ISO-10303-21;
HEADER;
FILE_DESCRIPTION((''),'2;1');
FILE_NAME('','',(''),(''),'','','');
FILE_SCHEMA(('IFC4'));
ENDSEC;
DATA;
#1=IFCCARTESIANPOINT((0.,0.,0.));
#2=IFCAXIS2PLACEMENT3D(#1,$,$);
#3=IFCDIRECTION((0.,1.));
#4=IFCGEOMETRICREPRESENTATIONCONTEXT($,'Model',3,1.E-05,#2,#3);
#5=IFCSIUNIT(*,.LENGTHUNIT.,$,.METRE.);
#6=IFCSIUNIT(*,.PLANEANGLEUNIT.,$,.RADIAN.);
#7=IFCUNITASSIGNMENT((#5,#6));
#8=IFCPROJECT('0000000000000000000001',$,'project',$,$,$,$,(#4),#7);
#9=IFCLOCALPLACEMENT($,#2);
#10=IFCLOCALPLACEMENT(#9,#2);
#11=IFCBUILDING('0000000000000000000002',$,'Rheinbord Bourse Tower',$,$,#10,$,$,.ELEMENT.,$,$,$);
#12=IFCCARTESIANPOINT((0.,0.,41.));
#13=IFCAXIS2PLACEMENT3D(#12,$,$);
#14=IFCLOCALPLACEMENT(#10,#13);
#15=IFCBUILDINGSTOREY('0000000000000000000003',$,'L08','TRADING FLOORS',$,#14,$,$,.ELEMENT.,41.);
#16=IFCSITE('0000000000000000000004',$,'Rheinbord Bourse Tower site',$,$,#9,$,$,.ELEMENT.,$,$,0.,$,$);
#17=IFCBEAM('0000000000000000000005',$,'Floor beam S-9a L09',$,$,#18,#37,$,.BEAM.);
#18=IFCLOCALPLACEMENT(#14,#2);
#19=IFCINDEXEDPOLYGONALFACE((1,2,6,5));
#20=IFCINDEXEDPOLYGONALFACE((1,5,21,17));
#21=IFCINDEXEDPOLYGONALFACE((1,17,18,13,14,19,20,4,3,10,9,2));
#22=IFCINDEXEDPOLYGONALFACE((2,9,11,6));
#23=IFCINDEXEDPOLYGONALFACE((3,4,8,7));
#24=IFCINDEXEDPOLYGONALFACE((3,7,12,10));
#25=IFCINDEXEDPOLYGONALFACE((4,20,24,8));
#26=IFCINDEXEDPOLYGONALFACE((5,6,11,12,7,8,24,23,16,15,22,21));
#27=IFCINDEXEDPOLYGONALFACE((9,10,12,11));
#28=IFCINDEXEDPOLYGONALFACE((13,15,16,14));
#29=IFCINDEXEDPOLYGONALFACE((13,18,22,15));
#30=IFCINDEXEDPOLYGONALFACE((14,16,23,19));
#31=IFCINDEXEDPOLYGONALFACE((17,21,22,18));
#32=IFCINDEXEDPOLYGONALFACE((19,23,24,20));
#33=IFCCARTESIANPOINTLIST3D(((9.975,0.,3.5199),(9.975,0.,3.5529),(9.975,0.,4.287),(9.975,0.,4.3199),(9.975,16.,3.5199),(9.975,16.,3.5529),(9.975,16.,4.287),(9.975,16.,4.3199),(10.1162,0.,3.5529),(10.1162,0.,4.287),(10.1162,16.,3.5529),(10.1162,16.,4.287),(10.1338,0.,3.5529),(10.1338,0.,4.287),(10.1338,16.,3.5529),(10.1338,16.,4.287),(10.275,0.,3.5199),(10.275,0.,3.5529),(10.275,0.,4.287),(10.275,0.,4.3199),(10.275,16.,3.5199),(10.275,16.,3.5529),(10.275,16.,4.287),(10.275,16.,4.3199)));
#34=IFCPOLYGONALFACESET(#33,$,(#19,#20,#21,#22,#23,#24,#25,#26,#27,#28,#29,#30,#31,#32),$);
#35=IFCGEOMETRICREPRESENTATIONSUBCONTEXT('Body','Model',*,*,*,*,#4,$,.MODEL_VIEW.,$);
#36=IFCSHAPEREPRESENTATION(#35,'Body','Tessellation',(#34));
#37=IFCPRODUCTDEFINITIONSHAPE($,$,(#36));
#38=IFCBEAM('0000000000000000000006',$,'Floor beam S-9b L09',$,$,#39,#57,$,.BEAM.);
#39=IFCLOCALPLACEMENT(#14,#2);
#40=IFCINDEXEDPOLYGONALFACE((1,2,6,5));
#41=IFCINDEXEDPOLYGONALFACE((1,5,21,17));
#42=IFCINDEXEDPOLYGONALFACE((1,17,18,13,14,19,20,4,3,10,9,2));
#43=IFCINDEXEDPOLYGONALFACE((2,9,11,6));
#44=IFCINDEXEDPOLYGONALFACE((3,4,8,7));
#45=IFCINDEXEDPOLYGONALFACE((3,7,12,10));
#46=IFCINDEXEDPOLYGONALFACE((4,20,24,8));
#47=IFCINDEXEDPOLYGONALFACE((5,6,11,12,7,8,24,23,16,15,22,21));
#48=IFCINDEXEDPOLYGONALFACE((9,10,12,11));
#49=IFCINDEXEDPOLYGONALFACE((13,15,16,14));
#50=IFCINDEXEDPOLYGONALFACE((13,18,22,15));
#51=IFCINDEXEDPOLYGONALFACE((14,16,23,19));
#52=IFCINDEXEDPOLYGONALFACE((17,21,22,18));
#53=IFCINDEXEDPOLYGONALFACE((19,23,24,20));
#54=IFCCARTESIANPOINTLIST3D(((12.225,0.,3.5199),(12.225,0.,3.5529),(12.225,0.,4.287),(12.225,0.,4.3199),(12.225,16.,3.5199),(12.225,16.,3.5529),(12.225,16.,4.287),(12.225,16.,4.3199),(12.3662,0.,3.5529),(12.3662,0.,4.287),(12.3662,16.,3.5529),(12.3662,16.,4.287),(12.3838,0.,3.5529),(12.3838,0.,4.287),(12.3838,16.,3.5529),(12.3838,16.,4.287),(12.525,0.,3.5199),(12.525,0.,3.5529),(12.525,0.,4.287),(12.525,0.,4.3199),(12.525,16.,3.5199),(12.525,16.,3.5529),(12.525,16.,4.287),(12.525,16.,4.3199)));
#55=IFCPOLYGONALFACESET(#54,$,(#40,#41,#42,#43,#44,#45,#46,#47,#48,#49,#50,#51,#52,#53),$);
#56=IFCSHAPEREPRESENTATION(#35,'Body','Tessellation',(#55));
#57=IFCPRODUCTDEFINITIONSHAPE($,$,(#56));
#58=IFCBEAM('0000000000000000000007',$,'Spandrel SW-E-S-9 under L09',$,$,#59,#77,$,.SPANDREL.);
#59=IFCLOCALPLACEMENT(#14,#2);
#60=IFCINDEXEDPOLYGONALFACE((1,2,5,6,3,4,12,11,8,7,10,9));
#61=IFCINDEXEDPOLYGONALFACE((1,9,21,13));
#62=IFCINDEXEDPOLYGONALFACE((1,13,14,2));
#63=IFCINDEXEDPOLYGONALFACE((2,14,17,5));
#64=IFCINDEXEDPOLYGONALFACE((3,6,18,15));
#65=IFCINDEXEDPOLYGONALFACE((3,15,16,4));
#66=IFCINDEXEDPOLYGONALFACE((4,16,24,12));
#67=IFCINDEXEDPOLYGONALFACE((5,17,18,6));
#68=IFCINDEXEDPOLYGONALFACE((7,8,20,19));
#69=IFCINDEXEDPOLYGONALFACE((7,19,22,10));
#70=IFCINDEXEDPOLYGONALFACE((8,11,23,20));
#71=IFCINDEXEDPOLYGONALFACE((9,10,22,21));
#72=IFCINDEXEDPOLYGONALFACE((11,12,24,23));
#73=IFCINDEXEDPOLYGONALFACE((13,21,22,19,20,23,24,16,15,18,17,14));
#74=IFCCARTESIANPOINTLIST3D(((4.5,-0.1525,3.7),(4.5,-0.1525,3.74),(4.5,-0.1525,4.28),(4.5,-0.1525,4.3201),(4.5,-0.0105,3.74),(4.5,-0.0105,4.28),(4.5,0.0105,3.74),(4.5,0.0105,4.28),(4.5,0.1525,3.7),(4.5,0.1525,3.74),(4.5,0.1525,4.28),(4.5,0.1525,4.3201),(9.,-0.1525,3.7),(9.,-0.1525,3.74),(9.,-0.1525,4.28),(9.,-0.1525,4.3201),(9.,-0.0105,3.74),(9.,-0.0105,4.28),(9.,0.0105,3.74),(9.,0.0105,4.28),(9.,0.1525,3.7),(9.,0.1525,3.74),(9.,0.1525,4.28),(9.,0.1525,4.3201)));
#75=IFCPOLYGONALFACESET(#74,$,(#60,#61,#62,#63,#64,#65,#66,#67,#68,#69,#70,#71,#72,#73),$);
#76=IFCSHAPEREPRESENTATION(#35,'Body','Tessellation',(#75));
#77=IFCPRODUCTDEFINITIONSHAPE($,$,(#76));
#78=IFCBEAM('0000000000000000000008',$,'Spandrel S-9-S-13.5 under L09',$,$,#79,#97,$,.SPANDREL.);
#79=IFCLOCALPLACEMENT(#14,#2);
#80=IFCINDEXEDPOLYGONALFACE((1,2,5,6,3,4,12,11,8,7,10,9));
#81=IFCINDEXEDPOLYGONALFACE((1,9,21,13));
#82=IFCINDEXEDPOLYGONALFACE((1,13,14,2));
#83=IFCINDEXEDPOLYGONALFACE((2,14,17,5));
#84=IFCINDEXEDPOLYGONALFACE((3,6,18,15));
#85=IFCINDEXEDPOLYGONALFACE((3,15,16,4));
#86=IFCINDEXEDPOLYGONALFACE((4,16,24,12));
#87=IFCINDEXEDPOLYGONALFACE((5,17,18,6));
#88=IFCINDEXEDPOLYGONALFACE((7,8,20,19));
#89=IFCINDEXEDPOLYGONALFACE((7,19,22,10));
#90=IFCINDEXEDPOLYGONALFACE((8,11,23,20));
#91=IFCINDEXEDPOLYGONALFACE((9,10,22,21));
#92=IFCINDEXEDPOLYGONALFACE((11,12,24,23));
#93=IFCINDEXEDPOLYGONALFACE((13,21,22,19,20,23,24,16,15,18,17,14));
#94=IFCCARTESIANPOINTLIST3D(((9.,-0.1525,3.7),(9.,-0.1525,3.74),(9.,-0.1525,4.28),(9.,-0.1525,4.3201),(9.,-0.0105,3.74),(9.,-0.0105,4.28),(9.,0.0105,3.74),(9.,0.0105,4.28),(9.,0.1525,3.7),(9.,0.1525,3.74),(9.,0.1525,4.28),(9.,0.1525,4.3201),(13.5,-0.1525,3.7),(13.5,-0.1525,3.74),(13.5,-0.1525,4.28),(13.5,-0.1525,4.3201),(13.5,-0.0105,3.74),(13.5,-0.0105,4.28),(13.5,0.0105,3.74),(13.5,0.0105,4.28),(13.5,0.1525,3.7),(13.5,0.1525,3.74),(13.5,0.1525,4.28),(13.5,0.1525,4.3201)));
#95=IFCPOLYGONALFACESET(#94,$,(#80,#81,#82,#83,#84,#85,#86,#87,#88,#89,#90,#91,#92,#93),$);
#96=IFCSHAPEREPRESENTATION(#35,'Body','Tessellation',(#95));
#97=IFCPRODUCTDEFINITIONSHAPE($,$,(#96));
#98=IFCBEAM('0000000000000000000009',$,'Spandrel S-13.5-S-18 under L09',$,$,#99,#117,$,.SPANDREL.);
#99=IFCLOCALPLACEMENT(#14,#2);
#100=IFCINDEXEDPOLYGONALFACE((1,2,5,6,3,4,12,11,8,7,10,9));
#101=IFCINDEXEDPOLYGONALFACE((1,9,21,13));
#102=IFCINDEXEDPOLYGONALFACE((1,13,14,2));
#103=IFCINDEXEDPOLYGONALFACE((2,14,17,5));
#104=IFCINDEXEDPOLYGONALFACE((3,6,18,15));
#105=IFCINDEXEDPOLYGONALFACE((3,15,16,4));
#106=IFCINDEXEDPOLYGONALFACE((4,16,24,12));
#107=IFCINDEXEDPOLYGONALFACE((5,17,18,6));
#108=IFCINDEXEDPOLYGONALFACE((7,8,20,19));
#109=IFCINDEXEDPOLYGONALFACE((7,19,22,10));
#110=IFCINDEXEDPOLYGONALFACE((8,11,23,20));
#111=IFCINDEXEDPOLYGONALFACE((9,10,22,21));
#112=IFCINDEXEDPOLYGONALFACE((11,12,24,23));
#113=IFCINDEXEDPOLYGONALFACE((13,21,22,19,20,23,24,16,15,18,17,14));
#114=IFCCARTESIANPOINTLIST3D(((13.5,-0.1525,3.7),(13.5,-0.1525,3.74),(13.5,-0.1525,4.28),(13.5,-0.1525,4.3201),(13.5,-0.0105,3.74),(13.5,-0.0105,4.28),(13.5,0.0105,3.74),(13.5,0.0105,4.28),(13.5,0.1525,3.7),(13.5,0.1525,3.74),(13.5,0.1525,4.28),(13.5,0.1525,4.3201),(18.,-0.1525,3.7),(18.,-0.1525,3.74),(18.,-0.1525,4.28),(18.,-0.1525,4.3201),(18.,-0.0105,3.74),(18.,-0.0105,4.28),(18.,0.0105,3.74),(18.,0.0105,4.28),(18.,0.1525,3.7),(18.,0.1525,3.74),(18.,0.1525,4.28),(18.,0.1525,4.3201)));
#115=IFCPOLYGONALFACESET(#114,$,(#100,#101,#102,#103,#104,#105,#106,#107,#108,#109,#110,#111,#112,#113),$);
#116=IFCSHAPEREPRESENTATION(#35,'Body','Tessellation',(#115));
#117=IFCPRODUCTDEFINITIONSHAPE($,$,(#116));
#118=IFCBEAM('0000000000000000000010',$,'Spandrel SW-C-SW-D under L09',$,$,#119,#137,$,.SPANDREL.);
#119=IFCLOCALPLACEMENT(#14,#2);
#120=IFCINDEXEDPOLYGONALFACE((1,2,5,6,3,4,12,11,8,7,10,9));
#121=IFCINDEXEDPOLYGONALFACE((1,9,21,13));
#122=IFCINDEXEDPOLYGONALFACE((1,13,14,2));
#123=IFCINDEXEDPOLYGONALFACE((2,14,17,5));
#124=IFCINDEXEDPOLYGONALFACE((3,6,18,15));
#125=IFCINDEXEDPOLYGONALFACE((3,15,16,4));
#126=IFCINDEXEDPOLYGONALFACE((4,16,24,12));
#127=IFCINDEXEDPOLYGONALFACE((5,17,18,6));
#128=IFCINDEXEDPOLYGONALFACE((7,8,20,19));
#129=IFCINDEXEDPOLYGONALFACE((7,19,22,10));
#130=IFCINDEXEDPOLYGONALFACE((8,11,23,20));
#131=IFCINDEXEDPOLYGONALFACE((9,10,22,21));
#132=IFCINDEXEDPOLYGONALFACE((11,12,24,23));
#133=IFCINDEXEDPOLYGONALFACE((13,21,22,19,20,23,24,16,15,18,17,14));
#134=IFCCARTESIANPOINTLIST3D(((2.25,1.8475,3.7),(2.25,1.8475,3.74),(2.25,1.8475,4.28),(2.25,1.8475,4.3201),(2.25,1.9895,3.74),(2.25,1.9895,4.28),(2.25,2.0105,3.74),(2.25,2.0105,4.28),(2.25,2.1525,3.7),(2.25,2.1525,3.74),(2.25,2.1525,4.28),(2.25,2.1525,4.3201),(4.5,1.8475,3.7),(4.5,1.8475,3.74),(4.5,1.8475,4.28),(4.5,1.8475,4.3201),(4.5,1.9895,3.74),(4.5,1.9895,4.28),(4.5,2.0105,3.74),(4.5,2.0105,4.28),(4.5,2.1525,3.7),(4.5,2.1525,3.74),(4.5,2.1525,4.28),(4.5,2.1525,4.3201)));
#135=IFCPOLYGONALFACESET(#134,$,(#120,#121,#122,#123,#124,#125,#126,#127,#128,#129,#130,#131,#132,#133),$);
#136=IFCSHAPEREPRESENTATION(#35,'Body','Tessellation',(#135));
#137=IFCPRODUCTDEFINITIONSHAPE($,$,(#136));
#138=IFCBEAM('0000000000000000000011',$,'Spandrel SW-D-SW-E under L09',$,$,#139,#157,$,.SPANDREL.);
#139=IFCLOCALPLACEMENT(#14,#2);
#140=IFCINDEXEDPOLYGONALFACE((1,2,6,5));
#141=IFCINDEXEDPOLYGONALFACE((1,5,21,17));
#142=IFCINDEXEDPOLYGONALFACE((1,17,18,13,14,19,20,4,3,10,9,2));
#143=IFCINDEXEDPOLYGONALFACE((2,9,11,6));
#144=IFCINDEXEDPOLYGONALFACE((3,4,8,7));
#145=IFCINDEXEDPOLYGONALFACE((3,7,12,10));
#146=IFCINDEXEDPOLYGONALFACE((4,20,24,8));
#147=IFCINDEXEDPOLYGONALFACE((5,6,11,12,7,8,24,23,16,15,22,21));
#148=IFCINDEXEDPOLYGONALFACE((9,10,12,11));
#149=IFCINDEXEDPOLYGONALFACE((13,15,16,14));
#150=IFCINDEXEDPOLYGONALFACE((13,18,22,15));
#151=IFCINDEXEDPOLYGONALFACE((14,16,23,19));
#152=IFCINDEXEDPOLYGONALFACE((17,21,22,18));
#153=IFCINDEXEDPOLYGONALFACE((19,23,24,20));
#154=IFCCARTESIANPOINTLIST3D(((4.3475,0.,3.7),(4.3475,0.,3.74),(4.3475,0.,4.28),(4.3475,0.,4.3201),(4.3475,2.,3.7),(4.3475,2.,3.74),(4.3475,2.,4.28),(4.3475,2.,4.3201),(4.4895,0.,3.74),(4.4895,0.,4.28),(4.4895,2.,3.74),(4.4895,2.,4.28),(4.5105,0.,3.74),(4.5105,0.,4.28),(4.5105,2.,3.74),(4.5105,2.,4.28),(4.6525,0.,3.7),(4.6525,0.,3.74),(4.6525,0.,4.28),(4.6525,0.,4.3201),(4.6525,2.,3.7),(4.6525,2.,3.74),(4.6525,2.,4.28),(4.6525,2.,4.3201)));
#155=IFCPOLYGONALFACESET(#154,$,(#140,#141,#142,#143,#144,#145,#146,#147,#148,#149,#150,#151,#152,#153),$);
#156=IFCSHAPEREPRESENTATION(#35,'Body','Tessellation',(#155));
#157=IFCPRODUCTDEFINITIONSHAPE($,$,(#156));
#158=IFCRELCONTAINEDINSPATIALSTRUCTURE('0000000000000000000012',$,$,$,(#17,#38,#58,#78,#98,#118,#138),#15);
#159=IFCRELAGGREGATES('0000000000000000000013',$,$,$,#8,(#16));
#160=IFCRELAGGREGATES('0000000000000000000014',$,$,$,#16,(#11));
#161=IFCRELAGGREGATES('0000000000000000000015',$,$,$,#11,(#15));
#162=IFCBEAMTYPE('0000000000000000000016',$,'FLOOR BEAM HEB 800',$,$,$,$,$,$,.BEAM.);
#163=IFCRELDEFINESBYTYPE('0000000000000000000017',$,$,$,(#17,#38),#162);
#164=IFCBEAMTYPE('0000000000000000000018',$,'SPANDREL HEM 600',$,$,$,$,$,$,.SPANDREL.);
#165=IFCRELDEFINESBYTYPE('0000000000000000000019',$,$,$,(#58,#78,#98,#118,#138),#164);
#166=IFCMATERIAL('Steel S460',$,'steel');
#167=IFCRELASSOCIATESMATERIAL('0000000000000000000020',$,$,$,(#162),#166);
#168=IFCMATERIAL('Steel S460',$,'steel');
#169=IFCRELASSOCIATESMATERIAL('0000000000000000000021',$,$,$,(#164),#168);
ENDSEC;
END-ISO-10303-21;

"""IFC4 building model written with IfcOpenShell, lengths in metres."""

from ifc_helpers import new_model, si_unit, direction, frame, origin, origin_2d, place, context, subcontext, project, spatial, i_section, extrude, material, material_profile, profile_set, type_object, element, save


model = new_model("IFC4")

# Units and contexts
model_context = context("Model", 3, precision=1e-05, world=origin(), true_north=direction((0.0, 1.0)))
body_context = subcontext(model_context, "Body", "Model", "MODEL_VIEW")
ifc_project = project(units=[si_unit("LENGTHUNIT", "METRE"), si_unit("PLANEANGLEUNIT", "RADIAN")], contexts=[model_context])

# Site, building, storey
site_placement = place(None, origin())
site = spatial("IfcSite", under=ifc_project, at=site_placement, Name="Rheinbord Bourse Tower site", CompositionType="ELEMENT", RefElevation=0.0)
building_placement = place(site_placement, origin())
building = spatial("IfcBuilding", under=site, at=building_placement, Name="Rheinbord Bourse Tower", CompositionType="ELEMENT")
storey_placement = place(building_placement, frame((0.0, 0.0, 41.0)))
storey = spatial("IfcBuildingStorey", under=building, at=storey_placement, Name="L08", Description="TRADING FLOORS", CompositionType="ELEMENT", Elevation=41.0)

# Beams
ifc_material_1 = material(Name="Steel S460", Category="steel")
ifc_material_profile_1 = material_profile(ifc_material_1, i_section(OverallWidth=0.3, OverallDepth=0.8, WebThickness=0.0176, FlangeThickness=0.033, at=origin_2d()), Name="HEB 800")
ifc_profile_set_1 = profile_set([ifc_material_profile_1], Name="Steel S460")
beam_type_1 = type_object("IfcBeamType", Name="FLOOR BEAM HEB 800", PredefinedType="BEAM", material=ifc_profile_set_1)
for number, where, z_axis, x_axis, name in (
    (1, (10.125, 0.0, 3.9199), (0.0, 1.0, 0.0), (-1.0, 0.0, 0.0), "Floor beam S-9a L09"),
    (2, (12.375, 0.0, 3.9199), (0.0, 1.0, 0.0), (-1.0, 0.0, 0.0), "Floor beam S-9b L09"),
):
    element("IfcBeam", number, at=place(storey_placement, frame(where, z_axis=z_axis, x_axis=x_axis)), inside=storey, type_object=beam_type_1, Name=name, PredefinedType="BEAM", context=body_context, shape_type="SweptSolid", body=[
        extrude(i_section(OverallWidth=0.3, OverallDepth=0.8, WebThickness=0.0176, FlangeThickness=0.033, at=origin_2d()), origin(), (0.0, 0.0, 1.0), 16.0),
    ])
ifc_material_2 = material(Name="Steel S460", Category="steel")
ifc_material_profile_2 = material_profile(ifc_material_2, i_section(OverallWidth=0.3049, OverallDepth=0.6201, WebThickness=0.021, FlangeThickness=0.04, at=origin_2d()), Name="HEM 600")
ifc_profile_set_2 = profile_set([ifc_material_profile_2], Name="Steel S460")
beam_type_2 = type_object("IfcBeamType", Name="SPANDREL HEM 600", PredefinedType="SPANDREL", material=ifc_profile_set_2)
for number, where, z_axis, x_axis, name in (
    (3, (4.5, 0.0, 4.01), (1.0, 0.0, 0.0), (0.0, 1.0, 0.0), "Spandrel SW-E-S-9 under L09"),
    (4, (9.0, 0.0, 4.01), (1.0, 0.0, 0.0), (0.0, 1.0, 0.0), "Spandrel S-9-S-13.5 under L09"),
    (5, (13.5, 0.0, 4.01), (1.0, 0.0, 0.0), (0.0, 1.0, 0.0), "Spandrel S-13.5-S-18 under L09"),
):
    element("IfcBeam", number, at=place(storey_placement, frame(where, z_axis=z_axis, x_axis=x_axis)), inside=storey, type_object=beam_type_2, Name=name, PredefinedType="SPANDREL", context=body_context, shape_type="SweptSolid", body=[
        extrude(i_section(OverallWidth=0.3049, OverallDepth=0.6201, WebThickness=0.021, FlangeThickness=0.04, at=origin_2d()), origin(), (0.0, 0.0, 1.0), 4.5),
    ])
beam_1_placement = place(storey_placement, frame((2.25, 2.0, 4.01), z_axis=(1.0, 0.0, 0.0), x_axis=(0.0, 1.0, 0.0)))
element("IfcBeam", 6, at=beam_1_placement, inside=storey, type_object=beam_type_2, Name="Spandrel SW-C-SW-D under L09", PredefinedType="SPANDREL", context=body_context, shape_type="SweptSolid", body=[
    extrude(i_section(OverallWidth=0.3049, OverallDepth=0.6201, WebThickness=0.021, FlangeThickness=0.04, at=origin_2d()), origin(), (0.0, 0.0, 1.0), 2.25),
])
beam_2_placement = place(storey_placement, frame((4.5, 2.0, 4.01), z_axis=(0.0, -1.0, 0.0), x_axis=(1.0, 0.0, 0.0)))
element("IfcBeam", 7, at=beam_2_placement, inside=storey, type_object=beam_type_2, Name="Spandrel SW-D-SW-E under L09", PredefinedType="SPANDREL", context=body_context, shape_type="SweptSolid", body=[
    extrude(i_section(OverallWidth=0.3049, OverallDepth=0.6201, WebThickness=0.021, FlangeThickness=0.04, at=origin_2d()), origin(), (0.0, 0.0, 1.0), 2.0),
])

save(model, "model.ifc")
